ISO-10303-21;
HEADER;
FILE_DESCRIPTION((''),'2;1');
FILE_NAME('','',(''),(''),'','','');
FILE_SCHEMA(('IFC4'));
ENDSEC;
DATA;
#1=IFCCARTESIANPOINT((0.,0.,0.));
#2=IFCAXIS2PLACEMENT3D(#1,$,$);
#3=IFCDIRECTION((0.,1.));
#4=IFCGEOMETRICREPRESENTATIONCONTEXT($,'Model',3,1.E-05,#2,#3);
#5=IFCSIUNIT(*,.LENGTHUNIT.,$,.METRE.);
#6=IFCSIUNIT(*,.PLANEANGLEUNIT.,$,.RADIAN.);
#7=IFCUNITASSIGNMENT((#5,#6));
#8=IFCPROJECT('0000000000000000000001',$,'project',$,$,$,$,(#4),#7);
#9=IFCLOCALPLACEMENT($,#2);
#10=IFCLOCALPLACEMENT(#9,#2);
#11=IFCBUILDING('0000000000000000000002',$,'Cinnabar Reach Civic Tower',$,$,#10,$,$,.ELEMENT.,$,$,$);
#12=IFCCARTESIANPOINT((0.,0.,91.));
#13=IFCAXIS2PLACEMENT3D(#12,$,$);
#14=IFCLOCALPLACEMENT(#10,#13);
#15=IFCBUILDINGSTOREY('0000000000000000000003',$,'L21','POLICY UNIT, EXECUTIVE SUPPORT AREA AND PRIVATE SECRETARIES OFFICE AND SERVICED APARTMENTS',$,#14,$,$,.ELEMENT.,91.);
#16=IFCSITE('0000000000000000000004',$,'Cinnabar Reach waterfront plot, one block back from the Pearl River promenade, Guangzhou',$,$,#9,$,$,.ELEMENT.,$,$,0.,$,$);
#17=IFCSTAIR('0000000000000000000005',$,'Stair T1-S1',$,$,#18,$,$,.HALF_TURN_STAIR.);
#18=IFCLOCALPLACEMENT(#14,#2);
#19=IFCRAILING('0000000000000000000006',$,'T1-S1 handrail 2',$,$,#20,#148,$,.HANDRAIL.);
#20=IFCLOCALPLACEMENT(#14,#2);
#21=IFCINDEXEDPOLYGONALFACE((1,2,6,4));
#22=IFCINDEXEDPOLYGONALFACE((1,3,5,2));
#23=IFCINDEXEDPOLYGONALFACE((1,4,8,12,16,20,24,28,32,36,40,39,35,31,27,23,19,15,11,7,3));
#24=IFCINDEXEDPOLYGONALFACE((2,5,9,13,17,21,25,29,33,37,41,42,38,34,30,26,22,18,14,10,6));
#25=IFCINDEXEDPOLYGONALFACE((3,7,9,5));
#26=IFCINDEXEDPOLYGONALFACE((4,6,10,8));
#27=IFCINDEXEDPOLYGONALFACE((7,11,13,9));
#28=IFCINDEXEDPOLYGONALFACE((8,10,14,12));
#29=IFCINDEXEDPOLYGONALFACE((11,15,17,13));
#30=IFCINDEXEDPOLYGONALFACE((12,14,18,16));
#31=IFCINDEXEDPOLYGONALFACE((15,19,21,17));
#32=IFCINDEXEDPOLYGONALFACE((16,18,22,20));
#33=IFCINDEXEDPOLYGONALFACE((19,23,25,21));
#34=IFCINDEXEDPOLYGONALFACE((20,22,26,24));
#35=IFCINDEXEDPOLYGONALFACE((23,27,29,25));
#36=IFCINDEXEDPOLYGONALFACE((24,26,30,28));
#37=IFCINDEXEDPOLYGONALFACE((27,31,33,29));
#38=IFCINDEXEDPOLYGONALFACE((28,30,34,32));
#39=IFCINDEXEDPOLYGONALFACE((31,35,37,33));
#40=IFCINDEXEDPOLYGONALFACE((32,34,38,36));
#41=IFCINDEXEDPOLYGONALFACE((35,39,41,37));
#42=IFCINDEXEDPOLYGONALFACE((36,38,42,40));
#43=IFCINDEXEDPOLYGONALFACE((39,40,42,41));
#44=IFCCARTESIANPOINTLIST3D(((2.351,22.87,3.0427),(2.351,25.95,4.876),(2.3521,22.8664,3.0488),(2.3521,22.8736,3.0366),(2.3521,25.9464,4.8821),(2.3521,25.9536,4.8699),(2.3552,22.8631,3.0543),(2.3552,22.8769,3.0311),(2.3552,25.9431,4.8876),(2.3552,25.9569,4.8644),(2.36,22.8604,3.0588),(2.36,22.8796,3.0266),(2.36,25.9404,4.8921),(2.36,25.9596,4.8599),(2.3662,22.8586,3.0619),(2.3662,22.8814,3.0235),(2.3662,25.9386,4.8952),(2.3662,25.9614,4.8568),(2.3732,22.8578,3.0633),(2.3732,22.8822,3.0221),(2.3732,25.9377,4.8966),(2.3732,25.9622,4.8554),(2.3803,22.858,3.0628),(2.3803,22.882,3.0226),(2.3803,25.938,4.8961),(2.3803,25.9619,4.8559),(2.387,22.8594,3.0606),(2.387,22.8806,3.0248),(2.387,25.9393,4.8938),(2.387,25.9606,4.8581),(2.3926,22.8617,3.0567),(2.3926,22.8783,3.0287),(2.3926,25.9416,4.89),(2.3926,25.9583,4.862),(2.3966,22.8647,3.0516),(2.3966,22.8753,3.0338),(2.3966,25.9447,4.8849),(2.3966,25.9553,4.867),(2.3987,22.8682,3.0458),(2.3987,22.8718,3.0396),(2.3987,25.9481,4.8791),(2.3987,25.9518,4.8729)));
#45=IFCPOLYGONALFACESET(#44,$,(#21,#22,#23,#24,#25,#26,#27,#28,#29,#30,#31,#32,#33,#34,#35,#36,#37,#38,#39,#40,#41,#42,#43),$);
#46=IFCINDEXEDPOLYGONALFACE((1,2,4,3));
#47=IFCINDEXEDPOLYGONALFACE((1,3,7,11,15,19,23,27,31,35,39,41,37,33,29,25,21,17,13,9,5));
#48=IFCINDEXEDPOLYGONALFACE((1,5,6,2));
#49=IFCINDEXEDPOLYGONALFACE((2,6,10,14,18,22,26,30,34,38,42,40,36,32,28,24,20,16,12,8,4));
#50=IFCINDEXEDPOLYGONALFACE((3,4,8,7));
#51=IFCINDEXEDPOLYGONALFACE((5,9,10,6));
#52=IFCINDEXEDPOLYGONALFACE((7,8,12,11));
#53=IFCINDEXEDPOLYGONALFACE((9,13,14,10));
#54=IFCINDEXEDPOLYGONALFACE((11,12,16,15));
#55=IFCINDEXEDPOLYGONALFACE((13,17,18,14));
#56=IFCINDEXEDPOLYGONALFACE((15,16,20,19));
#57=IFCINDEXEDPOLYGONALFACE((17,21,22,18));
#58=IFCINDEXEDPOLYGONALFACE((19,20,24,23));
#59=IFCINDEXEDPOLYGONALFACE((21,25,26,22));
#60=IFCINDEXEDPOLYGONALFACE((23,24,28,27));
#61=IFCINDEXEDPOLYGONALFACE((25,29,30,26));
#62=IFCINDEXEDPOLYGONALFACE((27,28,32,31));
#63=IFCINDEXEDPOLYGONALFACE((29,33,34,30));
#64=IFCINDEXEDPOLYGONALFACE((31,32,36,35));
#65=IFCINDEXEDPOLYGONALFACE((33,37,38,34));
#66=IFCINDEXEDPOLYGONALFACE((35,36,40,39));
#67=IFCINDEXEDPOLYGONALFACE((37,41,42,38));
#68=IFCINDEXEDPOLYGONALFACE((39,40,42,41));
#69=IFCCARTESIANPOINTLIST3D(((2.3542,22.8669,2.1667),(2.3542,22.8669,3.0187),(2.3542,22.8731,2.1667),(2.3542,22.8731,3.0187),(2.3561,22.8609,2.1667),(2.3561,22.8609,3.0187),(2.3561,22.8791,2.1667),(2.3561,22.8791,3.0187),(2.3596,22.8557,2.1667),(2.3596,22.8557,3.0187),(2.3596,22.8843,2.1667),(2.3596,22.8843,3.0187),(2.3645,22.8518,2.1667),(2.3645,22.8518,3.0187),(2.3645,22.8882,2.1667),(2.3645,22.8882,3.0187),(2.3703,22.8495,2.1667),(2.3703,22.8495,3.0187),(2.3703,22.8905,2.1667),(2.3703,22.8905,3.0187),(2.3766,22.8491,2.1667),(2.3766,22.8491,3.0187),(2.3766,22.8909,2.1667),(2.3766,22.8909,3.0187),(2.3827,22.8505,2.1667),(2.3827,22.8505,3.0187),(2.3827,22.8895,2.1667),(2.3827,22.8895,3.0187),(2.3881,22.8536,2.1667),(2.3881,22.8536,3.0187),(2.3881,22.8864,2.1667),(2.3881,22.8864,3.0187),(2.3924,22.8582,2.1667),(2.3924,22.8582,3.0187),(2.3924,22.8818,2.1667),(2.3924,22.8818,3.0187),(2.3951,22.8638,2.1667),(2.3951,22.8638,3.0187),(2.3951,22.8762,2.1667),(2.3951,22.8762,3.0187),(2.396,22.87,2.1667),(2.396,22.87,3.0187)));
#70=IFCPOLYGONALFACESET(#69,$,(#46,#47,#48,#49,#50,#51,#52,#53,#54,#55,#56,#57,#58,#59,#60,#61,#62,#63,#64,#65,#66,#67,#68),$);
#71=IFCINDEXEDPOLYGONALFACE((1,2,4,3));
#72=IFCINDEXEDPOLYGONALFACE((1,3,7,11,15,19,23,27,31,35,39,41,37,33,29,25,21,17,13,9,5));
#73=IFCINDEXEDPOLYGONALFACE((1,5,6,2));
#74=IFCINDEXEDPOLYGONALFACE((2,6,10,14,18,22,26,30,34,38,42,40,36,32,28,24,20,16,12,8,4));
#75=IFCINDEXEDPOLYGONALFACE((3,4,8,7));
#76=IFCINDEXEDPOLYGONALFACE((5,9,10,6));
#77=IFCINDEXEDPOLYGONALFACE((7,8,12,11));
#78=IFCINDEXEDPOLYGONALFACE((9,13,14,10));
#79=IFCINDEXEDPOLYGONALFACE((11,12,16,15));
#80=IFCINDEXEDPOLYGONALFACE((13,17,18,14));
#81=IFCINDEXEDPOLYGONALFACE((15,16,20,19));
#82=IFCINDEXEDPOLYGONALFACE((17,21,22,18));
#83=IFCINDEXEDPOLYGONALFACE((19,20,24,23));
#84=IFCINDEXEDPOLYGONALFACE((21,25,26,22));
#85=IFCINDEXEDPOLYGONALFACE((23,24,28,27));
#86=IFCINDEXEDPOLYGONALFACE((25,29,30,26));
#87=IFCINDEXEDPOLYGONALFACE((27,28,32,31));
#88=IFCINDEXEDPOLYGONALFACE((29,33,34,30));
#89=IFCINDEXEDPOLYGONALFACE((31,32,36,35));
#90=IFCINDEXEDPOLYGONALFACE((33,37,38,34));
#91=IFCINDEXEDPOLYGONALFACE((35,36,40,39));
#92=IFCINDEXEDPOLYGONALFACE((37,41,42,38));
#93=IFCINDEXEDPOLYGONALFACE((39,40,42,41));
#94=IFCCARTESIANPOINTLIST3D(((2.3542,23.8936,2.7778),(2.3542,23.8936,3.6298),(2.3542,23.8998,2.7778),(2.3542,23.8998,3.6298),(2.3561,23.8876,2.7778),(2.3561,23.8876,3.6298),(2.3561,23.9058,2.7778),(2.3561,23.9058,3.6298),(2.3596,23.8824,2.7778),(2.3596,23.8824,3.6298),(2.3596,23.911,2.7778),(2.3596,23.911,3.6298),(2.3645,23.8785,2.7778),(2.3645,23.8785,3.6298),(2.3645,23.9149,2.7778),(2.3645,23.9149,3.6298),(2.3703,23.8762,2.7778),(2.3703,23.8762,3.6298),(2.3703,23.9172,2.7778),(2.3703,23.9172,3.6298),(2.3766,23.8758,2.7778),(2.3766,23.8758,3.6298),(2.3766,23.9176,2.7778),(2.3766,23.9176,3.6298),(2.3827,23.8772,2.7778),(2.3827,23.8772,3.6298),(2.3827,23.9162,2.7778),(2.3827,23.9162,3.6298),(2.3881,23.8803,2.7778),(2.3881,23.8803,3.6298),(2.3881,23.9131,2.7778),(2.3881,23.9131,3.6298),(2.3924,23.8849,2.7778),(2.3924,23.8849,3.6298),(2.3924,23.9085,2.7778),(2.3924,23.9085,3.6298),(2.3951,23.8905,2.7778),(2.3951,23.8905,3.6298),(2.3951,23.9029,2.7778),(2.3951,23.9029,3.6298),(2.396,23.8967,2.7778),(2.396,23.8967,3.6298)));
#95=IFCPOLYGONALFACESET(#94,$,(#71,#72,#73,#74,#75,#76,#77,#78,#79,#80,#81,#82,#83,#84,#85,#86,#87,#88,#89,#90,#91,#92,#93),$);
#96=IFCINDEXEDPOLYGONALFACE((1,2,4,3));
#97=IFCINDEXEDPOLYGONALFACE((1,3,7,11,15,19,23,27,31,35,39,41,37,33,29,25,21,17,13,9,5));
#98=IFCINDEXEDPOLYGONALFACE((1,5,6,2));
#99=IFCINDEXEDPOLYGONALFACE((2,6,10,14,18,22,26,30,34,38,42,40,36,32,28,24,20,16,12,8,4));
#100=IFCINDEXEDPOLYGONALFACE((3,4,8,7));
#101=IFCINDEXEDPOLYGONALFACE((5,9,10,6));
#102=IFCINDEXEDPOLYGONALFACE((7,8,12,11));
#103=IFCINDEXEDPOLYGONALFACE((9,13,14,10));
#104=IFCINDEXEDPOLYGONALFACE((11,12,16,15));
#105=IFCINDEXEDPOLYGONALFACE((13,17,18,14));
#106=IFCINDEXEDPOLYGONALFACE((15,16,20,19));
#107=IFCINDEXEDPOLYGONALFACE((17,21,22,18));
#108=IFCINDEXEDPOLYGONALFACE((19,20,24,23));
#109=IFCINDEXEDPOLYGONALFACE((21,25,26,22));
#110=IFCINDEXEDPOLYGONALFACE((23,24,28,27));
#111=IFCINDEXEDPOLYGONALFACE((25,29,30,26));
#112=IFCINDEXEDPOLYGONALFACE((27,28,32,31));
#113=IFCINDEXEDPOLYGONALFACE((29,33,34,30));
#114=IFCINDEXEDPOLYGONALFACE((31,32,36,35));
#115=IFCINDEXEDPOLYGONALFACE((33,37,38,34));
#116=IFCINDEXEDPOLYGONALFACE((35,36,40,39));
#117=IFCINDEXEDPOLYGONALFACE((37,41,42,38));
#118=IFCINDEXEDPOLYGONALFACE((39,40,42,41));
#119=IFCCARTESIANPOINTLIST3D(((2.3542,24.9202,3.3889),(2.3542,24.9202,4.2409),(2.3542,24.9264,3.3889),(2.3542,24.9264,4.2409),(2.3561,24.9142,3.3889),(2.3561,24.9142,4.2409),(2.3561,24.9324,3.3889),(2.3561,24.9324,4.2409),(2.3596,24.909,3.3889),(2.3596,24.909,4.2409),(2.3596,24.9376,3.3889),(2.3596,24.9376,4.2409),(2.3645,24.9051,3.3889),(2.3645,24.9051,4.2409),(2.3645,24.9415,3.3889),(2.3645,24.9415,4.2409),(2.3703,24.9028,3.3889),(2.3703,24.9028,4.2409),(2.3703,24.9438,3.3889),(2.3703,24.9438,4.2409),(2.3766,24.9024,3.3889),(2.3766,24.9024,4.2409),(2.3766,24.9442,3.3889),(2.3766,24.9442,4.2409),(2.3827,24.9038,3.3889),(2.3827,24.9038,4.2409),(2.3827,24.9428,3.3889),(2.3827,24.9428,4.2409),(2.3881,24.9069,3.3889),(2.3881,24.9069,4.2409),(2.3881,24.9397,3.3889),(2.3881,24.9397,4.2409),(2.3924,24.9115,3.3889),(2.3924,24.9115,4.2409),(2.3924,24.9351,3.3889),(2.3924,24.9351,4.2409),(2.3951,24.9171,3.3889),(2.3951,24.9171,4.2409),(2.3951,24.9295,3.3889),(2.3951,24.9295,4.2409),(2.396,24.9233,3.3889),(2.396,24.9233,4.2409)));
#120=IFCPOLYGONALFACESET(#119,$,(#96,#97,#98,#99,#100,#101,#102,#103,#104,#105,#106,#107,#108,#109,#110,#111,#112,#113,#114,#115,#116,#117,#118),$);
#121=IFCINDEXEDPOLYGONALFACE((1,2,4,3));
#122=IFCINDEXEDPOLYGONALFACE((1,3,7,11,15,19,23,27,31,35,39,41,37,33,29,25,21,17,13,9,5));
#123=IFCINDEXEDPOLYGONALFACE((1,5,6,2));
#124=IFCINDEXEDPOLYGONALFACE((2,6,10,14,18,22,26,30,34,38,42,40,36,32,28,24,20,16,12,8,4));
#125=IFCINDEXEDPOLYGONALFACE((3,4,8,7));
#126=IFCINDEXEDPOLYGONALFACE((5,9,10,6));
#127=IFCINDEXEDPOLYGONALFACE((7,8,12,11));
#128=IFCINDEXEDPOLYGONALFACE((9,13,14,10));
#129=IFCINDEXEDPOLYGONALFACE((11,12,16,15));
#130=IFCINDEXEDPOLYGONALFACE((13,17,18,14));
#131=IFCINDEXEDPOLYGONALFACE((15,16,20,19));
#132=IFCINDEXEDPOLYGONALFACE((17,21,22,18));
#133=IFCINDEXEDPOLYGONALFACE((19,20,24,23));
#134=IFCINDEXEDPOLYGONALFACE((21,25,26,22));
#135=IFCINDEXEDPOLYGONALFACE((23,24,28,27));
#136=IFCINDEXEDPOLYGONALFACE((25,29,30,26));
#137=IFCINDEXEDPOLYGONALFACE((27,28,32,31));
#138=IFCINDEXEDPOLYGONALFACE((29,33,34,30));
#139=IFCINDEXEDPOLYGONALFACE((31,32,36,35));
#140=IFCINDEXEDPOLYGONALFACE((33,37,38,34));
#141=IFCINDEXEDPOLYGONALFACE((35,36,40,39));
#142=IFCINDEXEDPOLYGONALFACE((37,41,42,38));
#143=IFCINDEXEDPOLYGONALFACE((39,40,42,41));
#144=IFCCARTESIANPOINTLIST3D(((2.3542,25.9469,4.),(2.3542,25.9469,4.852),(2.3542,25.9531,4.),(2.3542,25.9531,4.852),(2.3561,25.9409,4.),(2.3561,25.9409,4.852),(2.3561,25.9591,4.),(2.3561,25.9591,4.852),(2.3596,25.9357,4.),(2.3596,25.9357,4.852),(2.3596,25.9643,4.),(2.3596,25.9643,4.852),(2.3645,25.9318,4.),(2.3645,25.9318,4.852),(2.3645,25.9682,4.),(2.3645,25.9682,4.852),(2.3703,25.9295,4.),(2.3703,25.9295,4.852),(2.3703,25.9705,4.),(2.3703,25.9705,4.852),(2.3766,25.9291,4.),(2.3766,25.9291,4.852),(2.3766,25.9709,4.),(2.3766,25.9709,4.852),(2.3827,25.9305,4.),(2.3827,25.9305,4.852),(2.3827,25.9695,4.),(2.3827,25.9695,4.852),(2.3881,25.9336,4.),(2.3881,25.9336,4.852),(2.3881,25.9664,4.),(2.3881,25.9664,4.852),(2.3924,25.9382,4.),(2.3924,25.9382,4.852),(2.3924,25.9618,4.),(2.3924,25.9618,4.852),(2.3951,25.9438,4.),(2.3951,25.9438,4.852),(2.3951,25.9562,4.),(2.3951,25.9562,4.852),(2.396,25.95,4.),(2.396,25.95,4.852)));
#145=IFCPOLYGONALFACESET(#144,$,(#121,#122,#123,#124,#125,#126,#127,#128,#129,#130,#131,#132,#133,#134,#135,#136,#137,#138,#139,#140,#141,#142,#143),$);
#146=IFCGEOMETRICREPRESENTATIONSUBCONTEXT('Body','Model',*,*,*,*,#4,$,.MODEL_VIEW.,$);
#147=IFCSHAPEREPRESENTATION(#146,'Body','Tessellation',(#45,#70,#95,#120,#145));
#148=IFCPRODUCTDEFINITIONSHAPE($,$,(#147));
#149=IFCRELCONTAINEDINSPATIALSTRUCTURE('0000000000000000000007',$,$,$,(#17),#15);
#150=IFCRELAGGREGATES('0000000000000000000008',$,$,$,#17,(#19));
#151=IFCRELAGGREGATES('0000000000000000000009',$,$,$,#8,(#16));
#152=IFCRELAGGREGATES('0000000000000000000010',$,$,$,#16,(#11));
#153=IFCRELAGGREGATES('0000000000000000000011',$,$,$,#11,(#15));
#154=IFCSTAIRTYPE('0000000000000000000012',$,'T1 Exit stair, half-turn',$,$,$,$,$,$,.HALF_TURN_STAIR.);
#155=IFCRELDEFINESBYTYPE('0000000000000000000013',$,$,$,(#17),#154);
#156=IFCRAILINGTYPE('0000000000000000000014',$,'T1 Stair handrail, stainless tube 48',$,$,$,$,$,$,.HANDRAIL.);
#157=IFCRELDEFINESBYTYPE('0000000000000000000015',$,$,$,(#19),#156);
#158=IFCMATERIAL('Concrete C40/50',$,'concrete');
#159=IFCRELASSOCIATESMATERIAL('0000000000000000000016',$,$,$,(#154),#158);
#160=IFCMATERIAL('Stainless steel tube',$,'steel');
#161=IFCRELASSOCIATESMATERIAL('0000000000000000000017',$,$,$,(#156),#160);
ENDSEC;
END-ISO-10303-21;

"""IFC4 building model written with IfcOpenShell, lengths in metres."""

from ifc_helpers import new_model, si_unit, direction, frame, origin, origin_2d, place, context, subcontext, project, spatial, circle, extrude, material, type_object, element, aggregate, save


model = new_model("IFC4")

# Units and contexts
model_context = context("Model", 3, precision=1e-05, world=origin(), true_north=direction((0.0, 1.0)))
body_context = subcontext(model_context, "Body", "Model", "MODEL_VIEW")
ifc_project = project(units=[si_unit("LENGTHUNIT", "METRE"), si_unit("PLANEANGLEUNIT", "RADIAN")], contexts=[model_context])

# Site, building, storey
site_placement = place(None, origin())
site = spatial("IfcSite", under=ifc_project, at=site_placement, Name="Cinnabar Reach waterfront plot, one block back from the Pearl River promenade, Guangzhou", CompositionType="ELEMENT", RefElevation=0.0)
building_placement = place(site_placement, origin())
building = spatial("IfcBuilding", under=site, at=building_placement, Name="Cinnabar Reach Civic Tower", CompositionType="ELEMENT")
storey_placement = place(building_placement, frame((0.0, 0.0, 91.0)))
storey = spatial("IfcBuildingStorey", under=building, at=storey_placement, Name="L21", Description="POLICY UNIT, EXECUTIVE SUPPORT AREA AND PRIVATE SECRETARIES OFFICE AND SERVICED APARTMENTS", CompositionType="ELEMENT", Elevation=91.0)

# Stair, railing
ifc_material_1 = material(Name="Concrete C40/50", Category="concrete")
stair_type = type_object("IfcStairType", Name="T1 Exit stair, half-turn", PredefinedType="HALF_TURN_STAIR", material=ifc_material_1)
stair_placement = place(storey_placement, origin())
stair = element("IfcStair", 1, at=stair_placement, inside=storey, type_object=stair_type, Name="Stair T1-S1", PredefinedType="HALF_TURN_STAIR")
ifc_material_2 = material(Name="Stainless steel tube", Category="steel")
railing_type = type_object("IfcRailingType", Name="T1 Stair handrail, stainless tube 48", PredefinedType="HANDRAIL", material=ifc_material_2)
railing_placement = place(storey_placement, frame((2.375, 22.87, 2.1667)))
railing = element("IfcRailing", 2, at=railing_placement, type_object=railing_type, Name="T1-S1 handrail 2", PredefinedType="HANDRAIL", context=body_context, shape_type="SweptSolid", body=[
    extrude(circle(Radius=0.024, at=origin_2d()), frame((0.0, 0.0, 0.876), z_axis=(0.0, 0.859297, 0.511477), x_axis=(-1.0, 0.0, 0.0)), (0.0, 0.0, 1.0), 3.5843),
    extrude(circle(Radius=0.021, at=origin_2d()), origin(), (0.0, 0.0, 1.0), 0.852),
    extrude(circle(Radius=0.021, at=origin_2d()), frame((0.0, 1.0267, 0.6111)), (0.0, 0.0, 1.0), 0.852),
    extrude(circle(Radius=0.021, at=origin_2d()), frame((0.0, 2.0533, 1.2222)), (0.0, 0.0, 1.0), 0.852),
    extrude(circle(Radius=0.021, at=origin_2d()), frame((0.0, 3.08, 1.8333)), (0.0, 0.0, 1.0), 0.852),
])
aggregate(stair, [railing])

save(model, "model.ifc")
